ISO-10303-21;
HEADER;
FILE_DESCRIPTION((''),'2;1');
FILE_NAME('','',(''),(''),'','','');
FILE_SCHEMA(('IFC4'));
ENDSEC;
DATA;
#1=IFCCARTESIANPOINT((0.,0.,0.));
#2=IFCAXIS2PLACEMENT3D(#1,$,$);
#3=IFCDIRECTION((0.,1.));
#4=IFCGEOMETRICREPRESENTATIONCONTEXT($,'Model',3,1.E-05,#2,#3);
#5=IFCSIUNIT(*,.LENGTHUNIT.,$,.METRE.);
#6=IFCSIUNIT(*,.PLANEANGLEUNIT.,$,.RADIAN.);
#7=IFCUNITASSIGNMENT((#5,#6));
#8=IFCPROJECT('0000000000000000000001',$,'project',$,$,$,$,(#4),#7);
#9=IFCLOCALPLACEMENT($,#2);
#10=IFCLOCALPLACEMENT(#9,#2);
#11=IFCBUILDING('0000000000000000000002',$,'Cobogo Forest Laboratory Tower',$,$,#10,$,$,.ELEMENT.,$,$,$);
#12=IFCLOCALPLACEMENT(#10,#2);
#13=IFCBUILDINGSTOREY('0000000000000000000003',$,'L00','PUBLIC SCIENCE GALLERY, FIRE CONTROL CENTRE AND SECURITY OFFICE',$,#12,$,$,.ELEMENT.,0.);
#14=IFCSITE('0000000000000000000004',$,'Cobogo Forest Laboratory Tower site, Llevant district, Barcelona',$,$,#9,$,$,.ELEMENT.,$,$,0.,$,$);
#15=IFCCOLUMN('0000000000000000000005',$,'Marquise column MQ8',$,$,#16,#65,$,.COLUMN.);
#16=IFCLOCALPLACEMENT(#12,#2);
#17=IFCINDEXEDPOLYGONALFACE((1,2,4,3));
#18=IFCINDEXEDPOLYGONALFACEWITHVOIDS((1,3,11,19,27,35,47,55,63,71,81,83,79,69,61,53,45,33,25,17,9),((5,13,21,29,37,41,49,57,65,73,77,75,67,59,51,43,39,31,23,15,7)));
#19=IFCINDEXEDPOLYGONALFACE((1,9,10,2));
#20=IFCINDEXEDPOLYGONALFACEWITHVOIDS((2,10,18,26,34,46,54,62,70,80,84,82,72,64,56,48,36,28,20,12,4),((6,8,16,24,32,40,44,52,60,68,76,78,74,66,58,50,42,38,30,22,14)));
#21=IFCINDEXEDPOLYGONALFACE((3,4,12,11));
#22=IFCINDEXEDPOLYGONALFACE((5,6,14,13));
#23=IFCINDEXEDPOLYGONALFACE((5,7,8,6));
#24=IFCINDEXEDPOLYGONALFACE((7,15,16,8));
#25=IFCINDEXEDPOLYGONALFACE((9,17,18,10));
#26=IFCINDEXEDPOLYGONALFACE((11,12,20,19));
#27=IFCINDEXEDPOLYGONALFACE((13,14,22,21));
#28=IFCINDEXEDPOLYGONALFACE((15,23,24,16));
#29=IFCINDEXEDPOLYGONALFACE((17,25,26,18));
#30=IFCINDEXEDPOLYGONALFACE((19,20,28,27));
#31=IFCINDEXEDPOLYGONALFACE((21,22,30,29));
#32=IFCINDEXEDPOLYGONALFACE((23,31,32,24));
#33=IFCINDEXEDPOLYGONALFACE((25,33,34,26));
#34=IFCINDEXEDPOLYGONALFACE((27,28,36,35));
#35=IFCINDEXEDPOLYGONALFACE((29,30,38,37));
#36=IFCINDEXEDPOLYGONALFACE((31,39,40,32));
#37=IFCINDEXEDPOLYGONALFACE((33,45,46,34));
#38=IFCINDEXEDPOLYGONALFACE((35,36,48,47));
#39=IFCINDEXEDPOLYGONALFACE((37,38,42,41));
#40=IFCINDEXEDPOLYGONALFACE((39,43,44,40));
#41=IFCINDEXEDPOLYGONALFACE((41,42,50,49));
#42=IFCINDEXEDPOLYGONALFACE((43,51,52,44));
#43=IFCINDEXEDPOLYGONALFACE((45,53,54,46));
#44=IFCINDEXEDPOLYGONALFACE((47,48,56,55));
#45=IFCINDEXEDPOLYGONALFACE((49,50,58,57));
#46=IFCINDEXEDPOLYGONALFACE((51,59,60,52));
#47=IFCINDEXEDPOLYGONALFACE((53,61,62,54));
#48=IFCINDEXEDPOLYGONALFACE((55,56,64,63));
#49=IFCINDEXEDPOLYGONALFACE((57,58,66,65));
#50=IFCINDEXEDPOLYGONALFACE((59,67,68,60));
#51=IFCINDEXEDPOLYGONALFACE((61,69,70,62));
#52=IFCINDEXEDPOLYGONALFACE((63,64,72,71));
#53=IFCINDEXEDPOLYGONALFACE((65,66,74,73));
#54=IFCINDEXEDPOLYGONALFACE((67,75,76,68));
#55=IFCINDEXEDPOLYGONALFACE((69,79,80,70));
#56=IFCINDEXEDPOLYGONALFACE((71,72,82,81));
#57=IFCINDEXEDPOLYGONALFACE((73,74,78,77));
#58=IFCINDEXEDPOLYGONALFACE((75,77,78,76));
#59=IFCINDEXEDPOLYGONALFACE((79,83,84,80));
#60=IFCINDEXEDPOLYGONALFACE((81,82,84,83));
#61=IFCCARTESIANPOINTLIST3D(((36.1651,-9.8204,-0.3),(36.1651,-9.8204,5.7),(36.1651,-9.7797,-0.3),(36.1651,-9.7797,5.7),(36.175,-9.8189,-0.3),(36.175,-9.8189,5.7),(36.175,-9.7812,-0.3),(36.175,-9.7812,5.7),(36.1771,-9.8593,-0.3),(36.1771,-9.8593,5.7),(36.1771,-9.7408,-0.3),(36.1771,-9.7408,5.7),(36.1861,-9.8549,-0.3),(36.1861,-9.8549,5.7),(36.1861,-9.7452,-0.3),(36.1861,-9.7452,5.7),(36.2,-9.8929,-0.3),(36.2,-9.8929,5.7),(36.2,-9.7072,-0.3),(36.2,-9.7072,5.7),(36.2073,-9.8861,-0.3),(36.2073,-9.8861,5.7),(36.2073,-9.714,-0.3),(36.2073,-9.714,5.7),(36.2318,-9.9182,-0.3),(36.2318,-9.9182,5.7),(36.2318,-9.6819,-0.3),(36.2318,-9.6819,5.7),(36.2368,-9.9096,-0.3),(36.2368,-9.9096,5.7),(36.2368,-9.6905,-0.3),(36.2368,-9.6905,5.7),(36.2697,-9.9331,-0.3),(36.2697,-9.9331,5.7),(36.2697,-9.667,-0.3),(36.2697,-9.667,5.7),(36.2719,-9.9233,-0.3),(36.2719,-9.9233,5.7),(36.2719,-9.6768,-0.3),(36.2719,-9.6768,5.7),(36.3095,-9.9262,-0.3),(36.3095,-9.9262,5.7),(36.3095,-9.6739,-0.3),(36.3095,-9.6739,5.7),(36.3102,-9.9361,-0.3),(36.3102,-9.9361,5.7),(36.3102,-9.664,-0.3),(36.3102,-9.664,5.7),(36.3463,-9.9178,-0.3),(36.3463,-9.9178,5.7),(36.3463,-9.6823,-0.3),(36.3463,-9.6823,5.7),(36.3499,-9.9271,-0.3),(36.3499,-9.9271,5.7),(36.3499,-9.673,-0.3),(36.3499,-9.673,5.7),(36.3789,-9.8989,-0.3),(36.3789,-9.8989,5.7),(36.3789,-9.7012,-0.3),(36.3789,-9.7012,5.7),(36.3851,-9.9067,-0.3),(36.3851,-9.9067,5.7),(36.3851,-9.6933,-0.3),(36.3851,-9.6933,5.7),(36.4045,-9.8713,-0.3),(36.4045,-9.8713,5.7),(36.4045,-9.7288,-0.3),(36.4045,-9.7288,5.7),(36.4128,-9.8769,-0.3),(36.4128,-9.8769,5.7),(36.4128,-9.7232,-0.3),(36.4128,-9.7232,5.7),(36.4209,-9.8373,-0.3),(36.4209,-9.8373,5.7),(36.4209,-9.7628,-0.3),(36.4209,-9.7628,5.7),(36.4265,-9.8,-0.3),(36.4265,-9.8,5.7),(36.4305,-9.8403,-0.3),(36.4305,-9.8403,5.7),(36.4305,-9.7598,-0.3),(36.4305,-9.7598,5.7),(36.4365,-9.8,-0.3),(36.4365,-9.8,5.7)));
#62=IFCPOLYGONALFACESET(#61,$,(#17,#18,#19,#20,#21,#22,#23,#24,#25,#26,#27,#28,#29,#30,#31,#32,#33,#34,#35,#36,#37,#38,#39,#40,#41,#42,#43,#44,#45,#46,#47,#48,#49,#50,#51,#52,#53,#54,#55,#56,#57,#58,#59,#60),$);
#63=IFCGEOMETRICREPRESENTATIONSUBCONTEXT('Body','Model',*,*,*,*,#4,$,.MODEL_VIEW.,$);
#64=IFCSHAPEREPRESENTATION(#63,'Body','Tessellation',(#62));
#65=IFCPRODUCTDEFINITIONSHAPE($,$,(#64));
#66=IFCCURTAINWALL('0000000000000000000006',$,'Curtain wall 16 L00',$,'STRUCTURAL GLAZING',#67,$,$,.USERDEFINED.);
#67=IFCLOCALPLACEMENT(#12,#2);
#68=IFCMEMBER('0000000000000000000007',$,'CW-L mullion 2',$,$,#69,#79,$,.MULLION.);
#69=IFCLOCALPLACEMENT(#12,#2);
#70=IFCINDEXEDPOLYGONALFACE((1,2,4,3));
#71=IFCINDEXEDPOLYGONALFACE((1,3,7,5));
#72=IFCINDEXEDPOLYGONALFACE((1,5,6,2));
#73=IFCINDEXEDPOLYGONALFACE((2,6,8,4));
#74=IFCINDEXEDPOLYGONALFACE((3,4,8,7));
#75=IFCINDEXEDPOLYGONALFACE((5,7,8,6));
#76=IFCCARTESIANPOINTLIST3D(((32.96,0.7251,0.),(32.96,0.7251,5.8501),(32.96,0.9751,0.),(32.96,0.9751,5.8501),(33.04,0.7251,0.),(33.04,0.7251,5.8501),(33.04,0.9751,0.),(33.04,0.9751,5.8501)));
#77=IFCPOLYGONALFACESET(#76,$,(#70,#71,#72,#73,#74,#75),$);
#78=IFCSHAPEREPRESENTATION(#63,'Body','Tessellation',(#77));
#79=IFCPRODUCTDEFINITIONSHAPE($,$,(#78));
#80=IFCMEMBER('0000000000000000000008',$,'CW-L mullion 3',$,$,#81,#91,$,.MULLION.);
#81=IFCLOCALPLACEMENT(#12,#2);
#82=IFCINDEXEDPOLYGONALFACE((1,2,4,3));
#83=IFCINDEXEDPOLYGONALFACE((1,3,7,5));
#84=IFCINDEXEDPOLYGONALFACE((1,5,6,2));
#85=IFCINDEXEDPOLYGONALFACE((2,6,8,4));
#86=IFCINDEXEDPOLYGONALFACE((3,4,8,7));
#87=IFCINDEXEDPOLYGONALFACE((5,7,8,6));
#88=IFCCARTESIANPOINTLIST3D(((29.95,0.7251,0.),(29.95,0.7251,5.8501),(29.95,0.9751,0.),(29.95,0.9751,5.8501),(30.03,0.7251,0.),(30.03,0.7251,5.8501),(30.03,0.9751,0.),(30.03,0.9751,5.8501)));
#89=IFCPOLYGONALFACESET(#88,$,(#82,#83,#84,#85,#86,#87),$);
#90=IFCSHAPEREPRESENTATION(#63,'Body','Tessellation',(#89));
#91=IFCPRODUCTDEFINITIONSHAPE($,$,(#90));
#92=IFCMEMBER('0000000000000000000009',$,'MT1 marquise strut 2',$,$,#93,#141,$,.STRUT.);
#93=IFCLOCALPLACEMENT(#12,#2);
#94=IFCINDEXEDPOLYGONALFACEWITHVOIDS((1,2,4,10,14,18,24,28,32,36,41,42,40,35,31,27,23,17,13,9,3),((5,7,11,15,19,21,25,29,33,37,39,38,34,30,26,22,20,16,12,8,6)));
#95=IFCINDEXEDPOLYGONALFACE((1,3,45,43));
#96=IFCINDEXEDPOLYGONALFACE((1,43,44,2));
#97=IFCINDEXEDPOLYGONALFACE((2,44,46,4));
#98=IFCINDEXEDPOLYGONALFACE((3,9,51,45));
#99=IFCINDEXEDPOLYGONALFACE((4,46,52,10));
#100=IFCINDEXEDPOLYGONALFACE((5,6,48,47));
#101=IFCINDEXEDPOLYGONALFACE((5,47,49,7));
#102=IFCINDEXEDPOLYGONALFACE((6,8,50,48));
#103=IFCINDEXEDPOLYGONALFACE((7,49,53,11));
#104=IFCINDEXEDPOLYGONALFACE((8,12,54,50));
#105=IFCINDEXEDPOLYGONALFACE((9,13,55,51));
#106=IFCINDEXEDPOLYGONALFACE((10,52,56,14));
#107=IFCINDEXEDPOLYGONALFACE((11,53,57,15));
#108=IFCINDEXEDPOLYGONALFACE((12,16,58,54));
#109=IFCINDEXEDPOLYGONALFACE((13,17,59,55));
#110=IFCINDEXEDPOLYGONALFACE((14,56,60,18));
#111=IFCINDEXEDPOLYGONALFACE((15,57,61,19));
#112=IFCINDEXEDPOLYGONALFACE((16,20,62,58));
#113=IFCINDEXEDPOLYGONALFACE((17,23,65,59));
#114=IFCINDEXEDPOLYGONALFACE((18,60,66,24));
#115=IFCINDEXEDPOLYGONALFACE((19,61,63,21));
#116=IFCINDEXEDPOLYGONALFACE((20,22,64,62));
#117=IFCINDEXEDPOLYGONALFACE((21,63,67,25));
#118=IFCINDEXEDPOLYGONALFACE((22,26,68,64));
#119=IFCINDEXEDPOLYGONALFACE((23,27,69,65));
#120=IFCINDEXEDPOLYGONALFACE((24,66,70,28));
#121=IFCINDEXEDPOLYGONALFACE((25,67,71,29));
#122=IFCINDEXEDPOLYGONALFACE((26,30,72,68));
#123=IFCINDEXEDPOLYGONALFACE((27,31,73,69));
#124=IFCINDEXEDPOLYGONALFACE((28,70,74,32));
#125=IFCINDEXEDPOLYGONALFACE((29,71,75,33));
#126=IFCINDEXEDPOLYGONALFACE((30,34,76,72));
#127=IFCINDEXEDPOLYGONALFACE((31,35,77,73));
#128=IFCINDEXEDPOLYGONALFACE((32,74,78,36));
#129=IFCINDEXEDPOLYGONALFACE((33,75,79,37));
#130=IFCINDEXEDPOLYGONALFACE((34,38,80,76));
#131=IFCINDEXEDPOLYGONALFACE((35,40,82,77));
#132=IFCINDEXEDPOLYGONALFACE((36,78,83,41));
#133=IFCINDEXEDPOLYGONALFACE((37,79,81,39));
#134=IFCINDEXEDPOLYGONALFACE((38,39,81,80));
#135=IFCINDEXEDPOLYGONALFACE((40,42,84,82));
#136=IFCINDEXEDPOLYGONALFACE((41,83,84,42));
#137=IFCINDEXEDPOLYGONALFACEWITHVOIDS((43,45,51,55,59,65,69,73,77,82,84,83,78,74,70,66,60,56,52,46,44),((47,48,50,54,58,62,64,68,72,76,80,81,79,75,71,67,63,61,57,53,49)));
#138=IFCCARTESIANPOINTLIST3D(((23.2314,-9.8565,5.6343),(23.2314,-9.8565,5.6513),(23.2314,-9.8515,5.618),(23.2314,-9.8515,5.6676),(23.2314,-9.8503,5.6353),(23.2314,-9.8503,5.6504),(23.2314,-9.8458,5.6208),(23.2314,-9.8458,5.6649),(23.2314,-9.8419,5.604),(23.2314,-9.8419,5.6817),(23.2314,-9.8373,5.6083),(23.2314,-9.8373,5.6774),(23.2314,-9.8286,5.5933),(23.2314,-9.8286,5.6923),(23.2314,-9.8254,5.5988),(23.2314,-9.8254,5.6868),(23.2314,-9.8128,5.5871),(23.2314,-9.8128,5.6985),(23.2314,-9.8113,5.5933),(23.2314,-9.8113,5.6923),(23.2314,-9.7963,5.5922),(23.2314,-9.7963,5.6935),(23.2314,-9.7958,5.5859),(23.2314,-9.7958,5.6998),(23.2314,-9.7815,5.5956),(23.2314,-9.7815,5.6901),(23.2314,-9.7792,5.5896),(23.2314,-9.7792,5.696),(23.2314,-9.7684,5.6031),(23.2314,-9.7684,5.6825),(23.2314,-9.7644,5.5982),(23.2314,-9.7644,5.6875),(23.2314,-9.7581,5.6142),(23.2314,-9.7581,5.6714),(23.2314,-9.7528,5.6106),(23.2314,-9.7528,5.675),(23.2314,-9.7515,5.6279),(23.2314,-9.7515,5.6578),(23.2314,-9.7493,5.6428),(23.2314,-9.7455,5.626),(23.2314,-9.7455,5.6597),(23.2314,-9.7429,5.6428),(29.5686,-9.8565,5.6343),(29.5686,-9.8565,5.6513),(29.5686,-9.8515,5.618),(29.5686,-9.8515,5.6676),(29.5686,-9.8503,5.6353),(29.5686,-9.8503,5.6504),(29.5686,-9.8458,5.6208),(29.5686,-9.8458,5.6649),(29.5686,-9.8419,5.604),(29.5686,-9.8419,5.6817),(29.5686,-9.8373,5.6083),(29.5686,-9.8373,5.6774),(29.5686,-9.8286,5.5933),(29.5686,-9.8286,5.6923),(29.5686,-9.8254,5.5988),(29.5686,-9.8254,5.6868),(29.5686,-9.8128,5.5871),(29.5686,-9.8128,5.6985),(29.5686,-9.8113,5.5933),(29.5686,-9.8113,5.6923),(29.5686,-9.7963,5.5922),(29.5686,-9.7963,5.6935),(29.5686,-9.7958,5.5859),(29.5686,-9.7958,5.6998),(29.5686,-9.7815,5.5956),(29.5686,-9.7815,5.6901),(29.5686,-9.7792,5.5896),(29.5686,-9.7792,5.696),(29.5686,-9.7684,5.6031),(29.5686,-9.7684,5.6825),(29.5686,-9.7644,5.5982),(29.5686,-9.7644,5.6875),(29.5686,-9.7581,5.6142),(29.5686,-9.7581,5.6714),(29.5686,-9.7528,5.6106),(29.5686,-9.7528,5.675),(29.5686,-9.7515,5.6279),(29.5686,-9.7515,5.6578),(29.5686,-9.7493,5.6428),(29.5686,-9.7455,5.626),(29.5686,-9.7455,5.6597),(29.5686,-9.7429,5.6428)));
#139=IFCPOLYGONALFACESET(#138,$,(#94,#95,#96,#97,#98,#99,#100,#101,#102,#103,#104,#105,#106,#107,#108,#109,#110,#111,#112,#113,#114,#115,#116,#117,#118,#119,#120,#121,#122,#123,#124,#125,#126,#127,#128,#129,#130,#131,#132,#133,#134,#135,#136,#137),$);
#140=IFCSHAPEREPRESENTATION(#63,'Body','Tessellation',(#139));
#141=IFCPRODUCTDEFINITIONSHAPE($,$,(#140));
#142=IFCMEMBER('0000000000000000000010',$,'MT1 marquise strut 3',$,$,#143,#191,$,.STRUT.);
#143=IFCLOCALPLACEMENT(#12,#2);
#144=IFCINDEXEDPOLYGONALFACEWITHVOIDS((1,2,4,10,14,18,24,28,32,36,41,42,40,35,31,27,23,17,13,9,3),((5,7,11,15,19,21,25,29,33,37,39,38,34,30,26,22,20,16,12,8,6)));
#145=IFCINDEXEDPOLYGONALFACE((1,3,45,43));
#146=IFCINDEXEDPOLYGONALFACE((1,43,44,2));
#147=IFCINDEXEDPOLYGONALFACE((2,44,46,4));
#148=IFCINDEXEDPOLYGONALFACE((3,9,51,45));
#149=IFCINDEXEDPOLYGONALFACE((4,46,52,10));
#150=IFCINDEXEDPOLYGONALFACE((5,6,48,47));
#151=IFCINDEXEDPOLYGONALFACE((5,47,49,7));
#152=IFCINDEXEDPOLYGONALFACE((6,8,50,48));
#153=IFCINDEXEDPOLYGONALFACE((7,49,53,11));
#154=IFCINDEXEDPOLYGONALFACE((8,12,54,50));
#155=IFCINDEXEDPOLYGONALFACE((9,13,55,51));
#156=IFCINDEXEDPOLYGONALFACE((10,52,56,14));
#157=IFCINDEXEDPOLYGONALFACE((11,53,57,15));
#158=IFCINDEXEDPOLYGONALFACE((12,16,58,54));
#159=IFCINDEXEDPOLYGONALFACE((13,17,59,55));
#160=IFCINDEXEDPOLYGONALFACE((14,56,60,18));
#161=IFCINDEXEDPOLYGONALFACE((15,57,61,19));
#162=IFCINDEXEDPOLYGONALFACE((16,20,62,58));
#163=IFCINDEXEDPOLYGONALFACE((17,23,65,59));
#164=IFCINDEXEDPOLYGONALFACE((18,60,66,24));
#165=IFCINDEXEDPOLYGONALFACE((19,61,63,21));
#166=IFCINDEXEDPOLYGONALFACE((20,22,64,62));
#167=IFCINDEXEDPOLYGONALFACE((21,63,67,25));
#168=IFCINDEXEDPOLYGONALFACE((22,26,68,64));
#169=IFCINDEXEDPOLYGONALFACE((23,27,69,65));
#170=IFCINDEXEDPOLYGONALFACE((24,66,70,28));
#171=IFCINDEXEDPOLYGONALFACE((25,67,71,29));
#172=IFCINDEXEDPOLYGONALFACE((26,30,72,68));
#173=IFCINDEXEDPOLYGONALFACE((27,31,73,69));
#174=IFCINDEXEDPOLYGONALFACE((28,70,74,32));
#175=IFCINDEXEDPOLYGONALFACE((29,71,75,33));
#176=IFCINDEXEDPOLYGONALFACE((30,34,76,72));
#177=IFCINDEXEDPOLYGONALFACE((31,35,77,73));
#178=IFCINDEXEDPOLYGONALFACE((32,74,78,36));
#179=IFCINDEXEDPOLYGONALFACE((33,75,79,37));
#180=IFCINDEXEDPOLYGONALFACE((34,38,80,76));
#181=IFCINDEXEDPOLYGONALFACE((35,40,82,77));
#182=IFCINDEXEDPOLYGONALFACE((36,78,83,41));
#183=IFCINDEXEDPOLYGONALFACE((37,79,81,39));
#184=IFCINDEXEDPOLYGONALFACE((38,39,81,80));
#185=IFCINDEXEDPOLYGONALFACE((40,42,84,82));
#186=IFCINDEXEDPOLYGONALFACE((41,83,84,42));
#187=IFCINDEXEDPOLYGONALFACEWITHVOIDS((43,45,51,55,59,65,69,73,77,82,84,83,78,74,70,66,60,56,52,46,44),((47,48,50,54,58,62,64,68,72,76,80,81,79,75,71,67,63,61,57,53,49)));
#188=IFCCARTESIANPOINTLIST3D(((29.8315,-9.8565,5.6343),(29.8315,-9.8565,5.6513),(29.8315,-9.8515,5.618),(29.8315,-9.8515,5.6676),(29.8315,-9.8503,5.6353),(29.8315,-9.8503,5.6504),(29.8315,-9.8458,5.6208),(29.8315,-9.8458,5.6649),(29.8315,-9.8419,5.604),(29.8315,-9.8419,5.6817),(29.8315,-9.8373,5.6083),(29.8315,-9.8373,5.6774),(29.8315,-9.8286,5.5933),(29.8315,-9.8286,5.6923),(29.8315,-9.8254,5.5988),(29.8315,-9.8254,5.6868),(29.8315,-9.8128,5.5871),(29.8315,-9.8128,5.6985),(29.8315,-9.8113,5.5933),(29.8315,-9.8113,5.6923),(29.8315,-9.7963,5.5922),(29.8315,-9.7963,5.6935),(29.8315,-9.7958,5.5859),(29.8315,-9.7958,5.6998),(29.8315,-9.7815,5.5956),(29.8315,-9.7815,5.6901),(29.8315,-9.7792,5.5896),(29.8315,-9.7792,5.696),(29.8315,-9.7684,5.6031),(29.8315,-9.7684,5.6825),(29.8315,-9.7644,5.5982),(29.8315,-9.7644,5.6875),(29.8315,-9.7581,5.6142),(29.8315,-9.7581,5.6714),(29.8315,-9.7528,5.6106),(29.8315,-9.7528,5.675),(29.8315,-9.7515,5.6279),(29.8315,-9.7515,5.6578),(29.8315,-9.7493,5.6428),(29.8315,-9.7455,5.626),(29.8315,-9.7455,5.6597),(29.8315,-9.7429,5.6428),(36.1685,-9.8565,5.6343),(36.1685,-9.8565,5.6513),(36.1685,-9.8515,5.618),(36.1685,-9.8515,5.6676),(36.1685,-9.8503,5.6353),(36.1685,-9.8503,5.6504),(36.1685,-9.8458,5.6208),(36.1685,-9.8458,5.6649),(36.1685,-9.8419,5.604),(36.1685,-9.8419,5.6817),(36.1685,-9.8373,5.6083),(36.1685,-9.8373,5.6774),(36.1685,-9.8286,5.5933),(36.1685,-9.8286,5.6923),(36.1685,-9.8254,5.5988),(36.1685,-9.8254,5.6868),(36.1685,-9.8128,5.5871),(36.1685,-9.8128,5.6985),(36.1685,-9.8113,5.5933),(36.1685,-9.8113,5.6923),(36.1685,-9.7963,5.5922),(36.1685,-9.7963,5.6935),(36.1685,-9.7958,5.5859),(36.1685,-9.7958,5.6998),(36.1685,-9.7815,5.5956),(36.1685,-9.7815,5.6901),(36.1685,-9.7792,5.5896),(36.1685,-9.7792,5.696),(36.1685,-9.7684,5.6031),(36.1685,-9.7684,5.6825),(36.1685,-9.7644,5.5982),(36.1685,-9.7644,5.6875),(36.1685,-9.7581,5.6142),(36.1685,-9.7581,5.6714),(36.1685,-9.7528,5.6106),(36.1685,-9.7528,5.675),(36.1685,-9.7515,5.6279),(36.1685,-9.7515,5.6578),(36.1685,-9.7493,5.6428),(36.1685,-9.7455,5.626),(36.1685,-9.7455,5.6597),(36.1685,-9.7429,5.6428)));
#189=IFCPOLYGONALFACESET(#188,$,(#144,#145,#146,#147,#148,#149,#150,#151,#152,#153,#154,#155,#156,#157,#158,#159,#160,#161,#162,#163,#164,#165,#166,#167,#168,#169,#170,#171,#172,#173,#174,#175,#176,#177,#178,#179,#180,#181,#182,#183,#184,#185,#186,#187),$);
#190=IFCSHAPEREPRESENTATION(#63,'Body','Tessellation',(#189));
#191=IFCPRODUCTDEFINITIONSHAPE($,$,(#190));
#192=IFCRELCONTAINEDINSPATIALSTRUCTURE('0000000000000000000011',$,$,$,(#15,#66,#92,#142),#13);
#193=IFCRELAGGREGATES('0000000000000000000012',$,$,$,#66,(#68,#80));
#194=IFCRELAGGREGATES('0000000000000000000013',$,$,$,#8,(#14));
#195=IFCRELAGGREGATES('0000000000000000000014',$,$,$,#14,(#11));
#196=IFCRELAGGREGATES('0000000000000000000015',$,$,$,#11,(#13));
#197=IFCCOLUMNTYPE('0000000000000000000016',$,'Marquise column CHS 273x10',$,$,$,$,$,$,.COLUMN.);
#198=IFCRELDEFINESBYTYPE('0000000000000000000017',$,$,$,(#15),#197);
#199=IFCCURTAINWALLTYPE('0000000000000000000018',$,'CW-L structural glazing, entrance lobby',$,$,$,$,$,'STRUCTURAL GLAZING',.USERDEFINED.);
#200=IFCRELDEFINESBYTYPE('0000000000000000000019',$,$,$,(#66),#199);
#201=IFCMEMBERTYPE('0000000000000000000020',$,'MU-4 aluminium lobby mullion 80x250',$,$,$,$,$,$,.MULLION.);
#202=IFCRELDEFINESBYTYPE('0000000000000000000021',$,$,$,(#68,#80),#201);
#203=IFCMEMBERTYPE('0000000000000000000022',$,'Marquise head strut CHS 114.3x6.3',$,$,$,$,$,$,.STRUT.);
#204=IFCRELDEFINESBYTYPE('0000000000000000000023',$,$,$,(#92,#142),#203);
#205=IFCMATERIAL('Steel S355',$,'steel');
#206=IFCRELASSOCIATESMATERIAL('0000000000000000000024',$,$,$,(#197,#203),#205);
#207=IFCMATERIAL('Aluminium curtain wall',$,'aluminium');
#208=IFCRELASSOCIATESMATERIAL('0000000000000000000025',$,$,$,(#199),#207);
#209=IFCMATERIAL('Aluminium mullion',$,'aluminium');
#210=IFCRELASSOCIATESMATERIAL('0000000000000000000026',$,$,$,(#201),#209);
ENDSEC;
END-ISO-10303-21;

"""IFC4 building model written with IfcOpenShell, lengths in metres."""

from ifc_helpers import new_model, si_unit, direction, frame, origin, origin_2d, place, context, subcontext, project, spatial, rectangle, hollow_circle, extrude, material, material_profile, profile_set, type_object, element, aggregate, save


model = new_model("IFC4")

# Units and contexts
model_context = context("Model", 3, precision=1e-05, world=origin(), true_north=direction((0.0, 1.0)))
body_context = subcontext(model_context, "Body", "Model", "MODEL_VIEW")
ifc_project = project(units=[si_unit("LENGTHUNIT", "METRE"), si_unit("PLANEANGLEUNIT", "RADIAN")], contexts=[model_context])

# Site, building, storey
site_placement = place(None, origin())
site = spatial("IfcSite", under=ifc_project, at=site_placement, Name="Cobogo Forest Laboratory Tower site, Llevant district, Barcelona", CompositionType="ELEMENT", RefElevation=0.0)
building_placement = place(site_placement, origin())
building = spatial("IfcBuilding", under=site, at=building_placement, Name="Cobogo Forest Laboratory Tower", CompositionType="ELEMENT")
storey_placement = place(building_placement, origin())
storey = spatial("IfcBuildingStorey", under=building, at=storey_placement, Name="L00", Description="PUBLIC SCIENCE GALLERY, FIRE CONTROL CENTRE AND SECURITY OFFICE", CompositionType="ELEMENT", Elevation=0.0)

# Column
ifc_material_1 = material(Name="Steel S355", Category="steel")
ifc_material_profile_1 = material_profile(ifc_material_1, hollow_circle(Radius=0.1365, WallThickness=0.01, at=origin_2d()), Name="CHS 273x10")
ifc_profile_set_1 = profile_set([ifc_material_profile_1], Name="Steel S355")
column_type_1 = type_object("IfcColumnType", Name="Marquise column CHS 273x10", PredefinedType="COLUMN", material=ifc_profile_set_1)
for number, where, z_axis, x_axis, name in (
    (1, (36.3, -9.8, -0.3), (0.0, 0.0, 1.0), (1.0, 0.0, 0.0), "Marquise column MQ8"),
):
    element("IfcColumn", number, at=place(storey_placement, frame(where, z_axis=z_axis, x_axis=x_axis)), inside=storey, type_object=column_type_1, Name=name, PredefinedType="COLUMN", context=body_context, shape_type="SweptSolid", body=[
        extrude(hollow_circle(Radius=0.1365, WallThickness=0.01, at=origin_2d()), origin(), (0.0, 0.0, 1.0), 6.0),
    ])

# Curtain wall, members
ifc_material_2 = material(Name="Aluminium curtain wall", Category="aluminium")
curtain_wall_type = type_object("IfcCurtainWallType", Name="CW-L structural glazing, entrance lobby", ElementType="STRUCTURAL GLAZING", PredefinedType="USERDEFINED", material=ifc_material_2)
curtain_wall_placement = place(storey_placement, origin())
curtain_wall = element("IfcCurtainWall", 2, at=curtain_wall_placement, inside=storey, type_object=curtain_wall_type, Name="Curtain wall 16 L00", ObjectType="STRUCTURAL GLAZING", PredefinedType="USERDEFINED")
ifc_material_3 = material(Name="Aluminium mullion", Category="aluminium")
ifc_material_profile_2 = material_profile(ifc_material_3, rectangle(XDim=0.0801, YDim=0.25, at=origin_2d()), Name="AL 80x250")
ifc_profile_set_2 = profile_set([ifc_material_profile_2], Name="Aluminium mullion")
member_type_1 = type_object("IfcMemberType", Name="MU-4 aluminium lobby mullion 80x250", PredefinedType="MULLION", material=ifc_profile_set_2)
member_1_placement = place(storey_placement, frame((33.0, 0.8501, 0.0), z_axis=(0.0, 0.0, 1.0), x_axis=(-1.0, 0.0, 0.0)))
member_1 = element("IfcMember", 3, at=member_1_placement, type_object=member_type_1, Name="CW-L mullion 2", PredefinedType="MULLION", context=body_context, shape_type="SweptSolid", body=[
    extrude(rectangle(XDim=0.0801, YDim=0.25, at=origin_2d()), origin(), (0.0, 0.0, 1.0), 5.8501),
])
member_2_placement = place(storey_placement, frame((29.99, 0.8501, 0.0), z_axis=(0.0, 0.0, 1.0), x_axis=(-1.0, 0.0, 0.0)))
member_2 = element("IfcMember", 4, at=member_2_placement, type_object=member_type_1, Name="CW-L mullion 3", PredefinedType="MULLION", context=body_context, shape_type="SweptSolid", body=[
    extrude(rectangle(XDim=0.0801, YDim=0.25, at=origin_2d()), origin(), (0.0, 0.0, 1.0), 5.8501),
])

# Members
ifc_material_profile_3 = material_profile(ifc_material_1, hollow_circle(Radius=0.0571, WallThickness=0.0063, at=origin_2d()), Name="CHS 114.3x6.3")
ifc_profile_set_3 = profile_set([ifc_material_profile_3], Name="Steel S355")
member_type_2 = type_object("IfcMemberType", Name="Marquise head strut CHS 114.3x6.3", PredefinedType="STRUT", material=ifc_profile_set_3)
member_3_placement = place(storey_placement, frame((23.2314, -9.8, 5.6428), z_axis=(1.0, 0.0, 0.0), x_axis=(0.0, 1.0, 0.0)))
element("IfcMember", 5, at=member_3_placement, inside=storey, type_object=member_type_2, Name="MT1 marquise strut 2", PredefinedType="STRUT", context=body_context, shape_type="SweptSolid", body=[
    extrude(hollow_circle(Radius=0.0571, WallThickness=0.0063, at=origin_2d()), origin(), (0.0, 0.0, 1.0), 6.3372),
])
member_4_placement = place(storey_placement, frame((29.8315, -9.8, 5.6428), z_axis=(1.0, 0.0, 0.0), x_axis=(0.0, 1.0, 0.0)))
element("IfcMember", 6, at=member_4_placement, inside=storey, type_object=member_type_2, Name="MT1 marquise strut 3", PredefinedType="STRUT", context=body_context, shape_type="SweptSolid", body=[
    extrude(hollow_circle(Radius=0.0571, WallThickness=0.0063, at=origin_2d()), origin(), (0.0, 0.0, 1.0), 6.3369),
])

aggregate(curtain_wall, [member_1, member_2])

save(model, "model.ifc")
